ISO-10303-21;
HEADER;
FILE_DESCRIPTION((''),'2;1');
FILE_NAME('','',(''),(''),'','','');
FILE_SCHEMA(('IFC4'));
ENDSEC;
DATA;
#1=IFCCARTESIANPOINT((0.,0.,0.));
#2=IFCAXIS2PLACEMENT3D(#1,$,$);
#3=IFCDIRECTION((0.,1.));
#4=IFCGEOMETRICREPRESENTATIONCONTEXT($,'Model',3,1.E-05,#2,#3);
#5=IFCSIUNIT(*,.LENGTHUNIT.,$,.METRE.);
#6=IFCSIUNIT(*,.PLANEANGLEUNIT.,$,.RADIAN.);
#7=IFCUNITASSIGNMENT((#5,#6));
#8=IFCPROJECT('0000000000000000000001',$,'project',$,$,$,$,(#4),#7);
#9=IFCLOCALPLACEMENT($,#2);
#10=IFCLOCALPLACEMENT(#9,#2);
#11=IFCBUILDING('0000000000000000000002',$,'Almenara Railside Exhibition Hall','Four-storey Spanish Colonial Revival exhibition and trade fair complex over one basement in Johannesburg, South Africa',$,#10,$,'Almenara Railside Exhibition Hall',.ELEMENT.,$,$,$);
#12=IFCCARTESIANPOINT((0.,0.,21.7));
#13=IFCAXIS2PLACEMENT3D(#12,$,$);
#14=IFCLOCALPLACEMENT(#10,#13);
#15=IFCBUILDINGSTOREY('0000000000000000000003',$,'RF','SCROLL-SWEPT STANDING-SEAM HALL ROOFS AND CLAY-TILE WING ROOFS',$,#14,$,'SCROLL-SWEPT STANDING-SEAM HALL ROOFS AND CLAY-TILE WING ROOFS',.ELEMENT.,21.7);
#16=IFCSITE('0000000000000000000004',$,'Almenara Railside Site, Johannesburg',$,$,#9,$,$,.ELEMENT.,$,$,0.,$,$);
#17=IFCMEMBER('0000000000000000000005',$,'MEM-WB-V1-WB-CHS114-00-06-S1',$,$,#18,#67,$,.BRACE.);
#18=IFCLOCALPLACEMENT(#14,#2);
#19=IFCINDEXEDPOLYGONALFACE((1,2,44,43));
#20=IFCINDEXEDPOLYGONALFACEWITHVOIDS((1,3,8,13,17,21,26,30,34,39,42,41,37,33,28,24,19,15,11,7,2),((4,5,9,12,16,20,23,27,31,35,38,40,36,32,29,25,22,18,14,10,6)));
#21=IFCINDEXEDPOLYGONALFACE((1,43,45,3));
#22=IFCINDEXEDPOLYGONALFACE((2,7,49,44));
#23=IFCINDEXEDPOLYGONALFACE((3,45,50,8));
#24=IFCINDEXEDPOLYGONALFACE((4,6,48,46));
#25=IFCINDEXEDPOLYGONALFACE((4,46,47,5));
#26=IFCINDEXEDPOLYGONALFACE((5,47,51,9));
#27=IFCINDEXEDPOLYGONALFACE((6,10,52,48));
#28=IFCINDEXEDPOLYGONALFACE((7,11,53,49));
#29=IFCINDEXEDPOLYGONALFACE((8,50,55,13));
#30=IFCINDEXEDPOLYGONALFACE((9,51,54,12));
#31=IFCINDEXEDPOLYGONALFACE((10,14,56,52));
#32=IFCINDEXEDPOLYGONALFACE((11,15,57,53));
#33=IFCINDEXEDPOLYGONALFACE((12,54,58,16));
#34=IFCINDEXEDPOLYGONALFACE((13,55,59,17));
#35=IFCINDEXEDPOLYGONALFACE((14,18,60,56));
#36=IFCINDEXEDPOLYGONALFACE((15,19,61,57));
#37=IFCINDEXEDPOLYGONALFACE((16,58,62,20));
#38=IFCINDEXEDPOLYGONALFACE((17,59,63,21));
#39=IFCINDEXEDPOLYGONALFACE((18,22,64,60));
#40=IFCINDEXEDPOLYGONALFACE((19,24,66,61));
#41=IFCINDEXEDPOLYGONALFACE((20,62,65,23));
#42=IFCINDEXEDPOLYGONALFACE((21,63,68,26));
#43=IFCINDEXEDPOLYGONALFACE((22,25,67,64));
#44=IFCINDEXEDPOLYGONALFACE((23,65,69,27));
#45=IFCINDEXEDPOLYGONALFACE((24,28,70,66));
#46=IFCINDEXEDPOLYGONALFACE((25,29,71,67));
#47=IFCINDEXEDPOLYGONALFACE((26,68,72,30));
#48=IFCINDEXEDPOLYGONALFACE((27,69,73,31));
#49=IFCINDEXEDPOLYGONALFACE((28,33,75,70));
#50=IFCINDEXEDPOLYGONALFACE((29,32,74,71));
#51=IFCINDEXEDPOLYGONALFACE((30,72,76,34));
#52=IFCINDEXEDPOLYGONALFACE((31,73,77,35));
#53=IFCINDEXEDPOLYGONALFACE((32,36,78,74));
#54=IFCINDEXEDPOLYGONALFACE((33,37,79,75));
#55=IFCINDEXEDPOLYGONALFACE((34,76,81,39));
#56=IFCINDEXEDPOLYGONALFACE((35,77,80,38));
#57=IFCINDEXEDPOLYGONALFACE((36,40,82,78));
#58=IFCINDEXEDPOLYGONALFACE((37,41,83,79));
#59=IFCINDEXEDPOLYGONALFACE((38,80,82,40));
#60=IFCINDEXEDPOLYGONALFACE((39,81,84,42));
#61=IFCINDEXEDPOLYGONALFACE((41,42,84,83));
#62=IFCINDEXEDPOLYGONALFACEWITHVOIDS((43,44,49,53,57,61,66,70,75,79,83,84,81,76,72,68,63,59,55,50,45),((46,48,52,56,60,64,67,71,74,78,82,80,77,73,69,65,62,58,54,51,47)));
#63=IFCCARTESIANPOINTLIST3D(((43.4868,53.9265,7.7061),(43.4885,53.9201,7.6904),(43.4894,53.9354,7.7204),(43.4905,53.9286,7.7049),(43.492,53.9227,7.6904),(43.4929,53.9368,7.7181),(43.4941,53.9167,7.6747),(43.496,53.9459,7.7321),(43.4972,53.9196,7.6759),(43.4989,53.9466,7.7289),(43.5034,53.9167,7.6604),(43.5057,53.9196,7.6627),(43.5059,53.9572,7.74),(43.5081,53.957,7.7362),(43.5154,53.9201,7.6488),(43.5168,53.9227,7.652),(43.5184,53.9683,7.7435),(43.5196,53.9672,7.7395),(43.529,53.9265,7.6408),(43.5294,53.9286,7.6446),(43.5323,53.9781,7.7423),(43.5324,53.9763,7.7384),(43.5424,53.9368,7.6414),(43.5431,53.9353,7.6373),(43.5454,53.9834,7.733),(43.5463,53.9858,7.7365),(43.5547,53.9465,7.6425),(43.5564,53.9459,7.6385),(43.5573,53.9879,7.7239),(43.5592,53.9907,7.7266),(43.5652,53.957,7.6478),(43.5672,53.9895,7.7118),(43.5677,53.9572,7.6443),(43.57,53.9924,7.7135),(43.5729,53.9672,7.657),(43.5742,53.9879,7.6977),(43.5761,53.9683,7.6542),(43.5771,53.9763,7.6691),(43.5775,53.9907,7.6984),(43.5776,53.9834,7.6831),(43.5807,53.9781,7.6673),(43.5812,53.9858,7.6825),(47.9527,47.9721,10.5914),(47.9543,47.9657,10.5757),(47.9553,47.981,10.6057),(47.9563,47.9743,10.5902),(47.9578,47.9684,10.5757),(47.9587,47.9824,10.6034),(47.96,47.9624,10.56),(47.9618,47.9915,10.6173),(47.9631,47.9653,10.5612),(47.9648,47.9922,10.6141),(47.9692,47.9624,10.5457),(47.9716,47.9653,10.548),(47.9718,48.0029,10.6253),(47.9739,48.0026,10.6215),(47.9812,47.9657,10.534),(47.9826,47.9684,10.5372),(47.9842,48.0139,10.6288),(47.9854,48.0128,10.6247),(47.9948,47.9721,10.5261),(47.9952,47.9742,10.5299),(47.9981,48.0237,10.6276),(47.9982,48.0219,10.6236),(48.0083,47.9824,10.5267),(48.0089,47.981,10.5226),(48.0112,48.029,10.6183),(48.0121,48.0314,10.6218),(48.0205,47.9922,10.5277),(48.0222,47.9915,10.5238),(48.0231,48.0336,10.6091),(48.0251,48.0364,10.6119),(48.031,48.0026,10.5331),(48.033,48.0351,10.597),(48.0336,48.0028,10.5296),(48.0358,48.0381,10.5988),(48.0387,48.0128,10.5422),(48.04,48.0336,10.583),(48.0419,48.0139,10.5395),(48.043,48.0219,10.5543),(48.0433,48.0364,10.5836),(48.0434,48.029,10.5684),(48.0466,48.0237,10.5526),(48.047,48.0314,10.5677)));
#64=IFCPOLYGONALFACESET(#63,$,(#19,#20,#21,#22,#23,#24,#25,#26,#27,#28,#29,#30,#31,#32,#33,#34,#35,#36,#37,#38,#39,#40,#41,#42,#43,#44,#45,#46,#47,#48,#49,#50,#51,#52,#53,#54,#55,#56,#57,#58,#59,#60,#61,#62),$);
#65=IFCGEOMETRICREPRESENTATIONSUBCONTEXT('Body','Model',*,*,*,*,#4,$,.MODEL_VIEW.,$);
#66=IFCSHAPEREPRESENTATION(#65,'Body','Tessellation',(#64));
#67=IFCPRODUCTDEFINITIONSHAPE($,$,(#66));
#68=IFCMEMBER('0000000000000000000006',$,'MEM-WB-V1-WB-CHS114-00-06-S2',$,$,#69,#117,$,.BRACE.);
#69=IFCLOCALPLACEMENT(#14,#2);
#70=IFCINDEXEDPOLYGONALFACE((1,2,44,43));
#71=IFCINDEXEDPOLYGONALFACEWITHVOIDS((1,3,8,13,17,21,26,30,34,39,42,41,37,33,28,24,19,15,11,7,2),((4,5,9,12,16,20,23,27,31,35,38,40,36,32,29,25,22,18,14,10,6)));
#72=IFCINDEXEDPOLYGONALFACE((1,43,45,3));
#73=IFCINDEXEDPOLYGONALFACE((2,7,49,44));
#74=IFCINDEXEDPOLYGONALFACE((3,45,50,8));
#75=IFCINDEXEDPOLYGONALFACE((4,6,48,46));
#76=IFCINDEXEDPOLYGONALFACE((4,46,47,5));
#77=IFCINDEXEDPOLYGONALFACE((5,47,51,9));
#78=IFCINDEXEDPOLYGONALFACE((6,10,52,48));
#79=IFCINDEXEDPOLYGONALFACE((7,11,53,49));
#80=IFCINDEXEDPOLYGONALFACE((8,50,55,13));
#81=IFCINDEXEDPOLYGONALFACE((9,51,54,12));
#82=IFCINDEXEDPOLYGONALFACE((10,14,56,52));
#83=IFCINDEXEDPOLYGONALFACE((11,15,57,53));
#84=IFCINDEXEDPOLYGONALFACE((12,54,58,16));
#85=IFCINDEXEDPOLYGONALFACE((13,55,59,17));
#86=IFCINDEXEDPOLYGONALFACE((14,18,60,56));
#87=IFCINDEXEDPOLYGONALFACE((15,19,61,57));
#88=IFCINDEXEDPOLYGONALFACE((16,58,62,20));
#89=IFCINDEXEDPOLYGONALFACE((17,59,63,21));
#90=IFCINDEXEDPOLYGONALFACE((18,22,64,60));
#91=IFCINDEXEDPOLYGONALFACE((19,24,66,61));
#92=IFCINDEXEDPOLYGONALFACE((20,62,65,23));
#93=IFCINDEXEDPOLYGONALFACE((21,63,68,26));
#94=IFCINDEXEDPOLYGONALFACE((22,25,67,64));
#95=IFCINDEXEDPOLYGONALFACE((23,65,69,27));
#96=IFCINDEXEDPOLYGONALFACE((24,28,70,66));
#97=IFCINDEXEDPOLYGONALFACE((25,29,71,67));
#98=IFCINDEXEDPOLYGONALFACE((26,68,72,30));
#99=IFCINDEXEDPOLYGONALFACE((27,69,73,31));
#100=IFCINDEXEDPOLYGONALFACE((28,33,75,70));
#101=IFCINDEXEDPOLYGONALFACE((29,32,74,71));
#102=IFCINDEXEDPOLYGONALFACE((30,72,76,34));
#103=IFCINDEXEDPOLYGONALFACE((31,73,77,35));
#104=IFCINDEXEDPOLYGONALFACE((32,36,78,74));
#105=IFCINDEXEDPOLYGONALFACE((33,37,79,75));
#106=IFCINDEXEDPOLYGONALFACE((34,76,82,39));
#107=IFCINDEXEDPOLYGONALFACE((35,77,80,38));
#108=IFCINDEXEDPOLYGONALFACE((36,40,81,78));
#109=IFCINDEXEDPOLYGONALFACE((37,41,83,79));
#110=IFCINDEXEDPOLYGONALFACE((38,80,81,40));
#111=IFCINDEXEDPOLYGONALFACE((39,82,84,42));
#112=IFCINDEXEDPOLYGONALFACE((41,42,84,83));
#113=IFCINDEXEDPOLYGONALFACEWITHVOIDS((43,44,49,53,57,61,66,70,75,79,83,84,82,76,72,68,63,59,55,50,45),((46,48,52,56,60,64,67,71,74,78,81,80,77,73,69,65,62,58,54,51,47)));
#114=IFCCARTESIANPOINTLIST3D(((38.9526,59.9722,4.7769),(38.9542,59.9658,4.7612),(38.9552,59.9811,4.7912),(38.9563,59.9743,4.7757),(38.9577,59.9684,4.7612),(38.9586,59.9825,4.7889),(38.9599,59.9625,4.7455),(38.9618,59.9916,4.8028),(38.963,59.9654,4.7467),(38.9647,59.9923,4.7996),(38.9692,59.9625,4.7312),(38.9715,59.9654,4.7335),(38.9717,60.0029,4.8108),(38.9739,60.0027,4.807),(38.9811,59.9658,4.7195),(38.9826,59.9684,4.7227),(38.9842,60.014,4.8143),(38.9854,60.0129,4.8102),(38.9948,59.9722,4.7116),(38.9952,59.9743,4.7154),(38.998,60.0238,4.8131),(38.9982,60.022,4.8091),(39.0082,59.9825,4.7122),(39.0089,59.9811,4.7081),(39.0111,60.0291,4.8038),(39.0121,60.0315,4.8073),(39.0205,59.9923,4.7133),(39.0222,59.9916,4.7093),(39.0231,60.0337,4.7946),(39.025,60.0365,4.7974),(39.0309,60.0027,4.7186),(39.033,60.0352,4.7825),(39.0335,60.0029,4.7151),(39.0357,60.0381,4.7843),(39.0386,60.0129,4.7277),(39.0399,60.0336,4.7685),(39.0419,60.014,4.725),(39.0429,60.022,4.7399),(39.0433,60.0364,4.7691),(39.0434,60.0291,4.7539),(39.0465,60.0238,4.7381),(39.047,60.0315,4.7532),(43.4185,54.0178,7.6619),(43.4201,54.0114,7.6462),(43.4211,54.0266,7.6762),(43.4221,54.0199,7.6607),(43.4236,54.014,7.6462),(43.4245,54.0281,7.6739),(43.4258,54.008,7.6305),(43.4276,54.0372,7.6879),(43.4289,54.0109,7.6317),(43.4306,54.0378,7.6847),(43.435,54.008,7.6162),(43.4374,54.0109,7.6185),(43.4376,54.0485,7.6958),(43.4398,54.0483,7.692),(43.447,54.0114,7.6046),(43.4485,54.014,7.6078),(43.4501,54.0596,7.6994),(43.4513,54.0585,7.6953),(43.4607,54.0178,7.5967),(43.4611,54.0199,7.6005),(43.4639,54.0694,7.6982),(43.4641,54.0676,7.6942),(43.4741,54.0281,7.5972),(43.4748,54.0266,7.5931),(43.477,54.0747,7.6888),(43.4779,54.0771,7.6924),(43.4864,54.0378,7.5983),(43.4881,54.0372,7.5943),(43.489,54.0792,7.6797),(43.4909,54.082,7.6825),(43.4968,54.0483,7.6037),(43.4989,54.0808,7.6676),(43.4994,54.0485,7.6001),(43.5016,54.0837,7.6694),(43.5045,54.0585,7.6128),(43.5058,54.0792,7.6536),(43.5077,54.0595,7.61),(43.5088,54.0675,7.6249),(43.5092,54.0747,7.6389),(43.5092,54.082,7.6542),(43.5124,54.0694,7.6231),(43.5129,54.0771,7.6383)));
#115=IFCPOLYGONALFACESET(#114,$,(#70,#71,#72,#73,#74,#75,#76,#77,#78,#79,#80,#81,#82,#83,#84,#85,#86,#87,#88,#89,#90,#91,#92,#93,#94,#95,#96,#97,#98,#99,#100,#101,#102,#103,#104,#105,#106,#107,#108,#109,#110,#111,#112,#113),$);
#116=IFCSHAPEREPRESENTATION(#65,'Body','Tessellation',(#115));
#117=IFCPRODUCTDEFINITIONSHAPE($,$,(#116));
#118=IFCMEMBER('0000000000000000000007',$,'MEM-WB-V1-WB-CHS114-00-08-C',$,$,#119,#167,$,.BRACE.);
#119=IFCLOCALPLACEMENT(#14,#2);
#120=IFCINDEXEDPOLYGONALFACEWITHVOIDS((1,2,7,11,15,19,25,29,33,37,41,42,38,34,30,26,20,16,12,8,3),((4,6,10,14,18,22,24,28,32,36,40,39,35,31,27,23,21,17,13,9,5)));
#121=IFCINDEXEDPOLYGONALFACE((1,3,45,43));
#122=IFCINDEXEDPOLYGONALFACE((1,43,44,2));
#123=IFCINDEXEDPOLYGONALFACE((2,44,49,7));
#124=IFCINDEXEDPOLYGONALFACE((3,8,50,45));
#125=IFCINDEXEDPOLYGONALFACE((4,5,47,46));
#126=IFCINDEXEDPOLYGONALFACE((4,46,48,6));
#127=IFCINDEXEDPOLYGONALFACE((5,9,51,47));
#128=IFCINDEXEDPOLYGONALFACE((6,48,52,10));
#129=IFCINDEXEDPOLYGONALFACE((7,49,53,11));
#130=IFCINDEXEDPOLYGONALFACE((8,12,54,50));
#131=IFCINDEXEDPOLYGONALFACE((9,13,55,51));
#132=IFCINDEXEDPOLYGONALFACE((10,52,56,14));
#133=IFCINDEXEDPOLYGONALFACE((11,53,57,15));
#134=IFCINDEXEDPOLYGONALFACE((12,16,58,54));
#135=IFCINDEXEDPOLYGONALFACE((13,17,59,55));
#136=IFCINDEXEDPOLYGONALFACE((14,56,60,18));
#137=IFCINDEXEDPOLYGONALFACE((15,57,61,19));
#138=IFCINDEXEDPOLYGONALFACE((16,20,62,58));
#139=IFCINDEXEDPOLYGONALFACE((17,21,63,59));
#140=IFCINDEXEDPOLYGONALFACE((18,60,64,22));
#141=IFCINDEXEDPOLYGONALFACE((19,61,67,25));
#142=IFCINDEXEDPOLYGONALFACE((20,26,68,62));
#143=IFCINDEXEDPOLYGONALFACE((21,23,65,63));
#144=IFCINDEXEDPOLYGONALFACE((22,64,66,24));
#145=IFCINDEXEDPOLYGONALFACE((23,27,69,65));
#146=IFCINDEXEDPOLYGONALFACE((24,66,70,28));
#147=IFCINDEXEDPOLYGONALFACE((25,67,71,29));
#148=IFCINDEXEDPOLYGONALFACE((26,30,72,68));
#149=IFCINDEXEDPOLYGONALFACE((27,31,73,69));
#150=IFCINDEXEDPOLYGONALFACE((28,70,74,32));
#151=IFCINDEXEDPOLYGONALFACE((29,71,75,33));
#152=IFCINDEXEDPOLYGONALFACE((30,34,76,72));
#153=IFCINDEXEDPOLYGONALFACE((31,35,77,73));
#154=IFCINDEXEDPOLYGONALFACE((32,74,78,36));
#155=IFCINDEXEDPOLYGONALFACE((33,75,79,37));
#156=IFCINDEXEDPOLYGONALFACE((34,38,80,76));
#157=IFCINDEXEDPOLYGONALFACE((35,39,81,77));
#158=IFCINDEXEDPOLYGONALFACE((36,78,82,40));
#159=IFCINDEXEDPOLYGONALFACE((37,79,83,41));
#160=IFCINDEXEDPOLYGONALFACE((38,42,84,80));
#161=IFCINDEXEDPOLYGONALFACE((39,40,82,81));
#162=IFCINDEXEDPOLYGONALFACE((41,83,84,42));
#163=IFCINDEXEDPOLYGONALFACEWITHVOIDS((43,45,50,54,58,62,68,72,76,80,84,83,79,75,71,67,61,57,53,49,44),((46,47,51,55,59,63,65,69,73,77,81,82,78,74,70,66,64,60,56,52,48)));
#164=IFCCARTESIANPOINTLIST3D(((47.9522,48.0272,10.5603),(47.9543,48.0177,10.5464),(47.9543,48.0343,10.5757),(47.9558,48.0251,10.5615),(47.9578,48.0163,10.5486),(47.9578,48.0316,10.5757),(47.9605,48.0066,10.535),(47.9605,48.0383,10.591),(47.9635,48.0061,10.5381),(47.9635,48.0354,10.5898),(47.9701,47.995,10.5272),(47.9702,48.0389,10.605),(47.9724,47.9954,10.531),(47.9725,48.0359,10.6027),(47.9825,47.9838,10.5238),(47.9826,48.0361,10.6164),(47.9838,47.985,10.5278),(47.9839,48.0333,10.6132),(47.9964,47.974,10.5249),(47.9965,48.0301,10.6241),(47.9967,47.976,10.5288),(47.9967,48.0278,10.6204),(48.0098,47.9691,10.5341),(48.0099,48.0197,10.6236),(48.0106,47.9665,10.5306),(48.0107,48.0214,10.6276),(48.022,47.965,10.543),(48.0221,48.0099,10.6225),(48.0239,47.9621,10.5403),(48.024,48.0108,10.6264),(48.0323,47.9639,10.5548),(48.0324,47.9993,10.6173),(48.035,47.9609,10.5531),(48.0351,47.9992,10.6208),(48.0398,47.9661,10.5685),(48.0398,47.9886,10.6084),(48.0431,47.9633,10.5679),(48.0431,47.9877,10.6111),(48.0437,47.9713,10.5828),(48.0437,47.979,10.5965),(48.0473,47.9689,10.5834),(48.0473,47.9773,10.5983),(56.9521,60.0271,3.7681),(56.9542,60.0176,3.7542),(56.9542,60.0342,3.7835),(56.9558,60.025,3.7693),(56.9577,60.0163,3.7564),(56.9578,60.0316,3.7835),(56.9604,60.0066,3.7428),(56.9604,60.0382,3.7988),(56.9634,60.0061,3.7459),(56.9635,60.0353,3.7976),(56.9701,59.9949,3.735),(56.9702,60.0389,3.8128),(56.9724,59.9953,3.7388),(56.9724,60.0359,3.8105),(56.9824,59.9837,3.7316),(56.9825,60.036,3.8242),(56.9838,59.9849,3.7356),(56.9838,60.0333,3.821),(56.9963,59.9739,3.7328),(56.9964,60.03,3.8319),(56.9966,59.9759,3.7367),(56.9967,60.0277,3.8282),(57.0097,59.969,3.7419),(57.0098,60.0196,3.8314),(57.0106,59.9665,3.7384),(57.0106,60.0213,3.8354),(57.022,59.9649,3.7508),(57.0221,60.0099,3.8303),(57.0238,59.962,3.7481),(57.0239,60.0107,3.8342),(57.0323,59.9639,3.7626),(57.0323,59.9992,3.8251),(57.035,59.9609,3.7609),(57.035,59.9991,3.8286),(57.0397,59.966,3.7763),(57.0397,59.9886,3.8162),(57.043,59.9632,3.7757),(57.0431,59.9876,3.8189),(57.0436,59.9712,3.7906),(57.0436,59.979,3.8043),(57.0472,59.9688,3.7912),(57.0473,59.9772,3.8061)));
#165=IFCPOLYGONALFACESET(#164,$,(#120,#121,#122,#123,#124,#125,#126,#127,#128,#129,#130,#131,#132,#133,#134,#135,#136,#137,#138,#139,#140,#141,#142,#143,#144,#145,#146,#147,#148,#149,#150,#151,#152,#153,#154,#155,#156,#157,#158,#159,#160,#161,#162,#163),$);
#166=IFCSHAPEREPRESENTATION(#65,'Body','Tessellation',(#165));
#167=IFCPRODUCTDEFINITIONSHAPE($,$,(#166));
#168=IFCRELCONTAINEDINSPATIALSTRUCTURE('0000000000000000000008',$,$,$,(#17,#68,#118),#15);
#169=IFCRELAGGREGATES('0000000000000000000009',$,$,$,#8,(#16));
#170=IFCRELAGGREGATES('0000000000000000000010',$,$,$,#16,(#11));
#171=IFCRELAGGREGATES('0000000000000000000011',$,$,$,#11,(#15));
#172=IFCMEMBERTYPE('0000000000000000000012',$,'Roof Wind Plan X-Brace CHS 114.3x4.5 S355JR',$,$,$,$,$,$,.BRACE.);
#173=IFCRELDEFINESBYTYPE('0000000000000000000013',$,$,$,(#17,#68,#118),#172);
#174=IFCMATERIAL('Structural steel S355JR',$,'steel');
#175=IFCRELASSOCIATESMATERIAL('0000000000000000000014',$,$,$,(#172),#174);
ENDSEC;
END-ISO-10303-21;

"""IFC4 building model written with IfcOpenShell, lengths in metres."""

from ifc_helpers import new_model, si_unit, direction, frame, origin, origin_2d, place, context, subcontext, project, spatial, hollow_circle, extrude, material, material_profile, profile_set, type_object, element, save


model = new_model("IFC4")

# Units and contexts
model_context = context("Model", 3, precision=1e-05, world=origin(), true_north=direction((0.0, 1.0)))
body_context = subcontext(model_context, "Body", "Model", "MODEL_VIEW")
ifc_project = project(units=[si_unit("LENGTHUNIT", "METRE"), si_unit("PLANEANGLEUNIT", "RADIAN")], contexts=[model_context])

# Site, building, storey
site_placement = place(None, origin())
site = spatial("IfcSite", under=ifc_project, at=site_placement, Name="Almenara Railside Site, Johannesburg", CompositionType="ELEMENT", RefElevation=0.0)
building_placement = place(site_placement, origin())
building = spatial("IfcBuilding", under=site, at=building_placement, Name="Almenara Railside Exhibition Hall", Description="Four-storey Spanish Colonial Revival exhibition and trade fair complex over one basement in Johannesburg, South Africa", LongName="Almenara Railside Exhibition Hall", CompositionType="ELEMENT")
storey_placement = place(building_placement, frame((0.0, 0.0, 21.7)))
storey = spatial("IfcBuildingStorey", under=building, at=storey_placement, Name="RF", Description="SCROLL-SWEPT STANDING-SEAM HALL ROOFS AND CLAY-TILE WING ROOFS", LongName="SCROLL-SWEPT STANDING-SEAM HALL ROOFS AND CLAY-TILE WING ROOFS", CompositionType="ELEMENT", Elevation=21.7)

# Shared definitions
ifc_material_1 = material(Name="Structural steel S355JR", Category="steel")

# Members
ifc_material_profile_1 = material_profile(ifc_material_1, hollow_circle(Radius=0.0571, WallThickness=0.0044, at=origin_2d()), Name="CHS 114.3x4.5")
ifc_profile_set_1 = profile_set([ifc_material_profile_1], Name="Structural steel S355JR")
member_type_1 = type_object("IfcMemberType", Name="Roof Wind Plan X-Brace CHS 114.3x4.5 S355JR", PredefinedType="BRACE", material=ifc_profile_set_1)
for number, where, z_axis, x_axis, name in (
    (1, (48.0, 48.0, 10.5757), (-0.559442, 0.745912, -0.361441), (-0.799996, -0.600005, 0.0), "MEM-WB-V1-WB-CHS114-00-06-S1"),
    (2, (43.4658, 54.0457, 7.6462), (-0.559448, 0.74592, -0.361415), (-0.799996, -0.600005, 0.0), "MEM-WB-V1-WB-CHS114-00-06-S2"),
):
    element("IfcMember", number, at=place(storey_placement, frame(where, z_axis=z_axis, x_axis=x_axis)), inside=storey, type_object=member_type_1, Name=name, PredefinedType="BRACE", context=body_context, shape_type="SweptSolid", body=[
        extrude(hollow_circle(Radius=0.0571, WallThickness=0.0044, at=origin_2d()), origin(), (0.0, 0.0, 1.0), 7.9827),
    ])
member_1_placement = place(storey_placement, frame((48.0, 48.0, 10.5757), z_axis=(0.546575, 0.728767, -0.412497), x_axis=(-0.8, 0.6, 0.0)))
element("IfcMember", 3, at=member_1_placement, inside=storey, type_object=member_type_1, Name="MEM-WB-V1-WB-CHS114-00-08-C", PredefinedType="BRACE", context=body_context, shape_type="SweptSolid", body=[
    extrude(hollow_circle(Radius=0.0571, WallThickness=0.0044, at=origin_2d()), origin(), (0.0, 0.0, 1.0), 16.4661),
])

save(model, "model.ifc")
